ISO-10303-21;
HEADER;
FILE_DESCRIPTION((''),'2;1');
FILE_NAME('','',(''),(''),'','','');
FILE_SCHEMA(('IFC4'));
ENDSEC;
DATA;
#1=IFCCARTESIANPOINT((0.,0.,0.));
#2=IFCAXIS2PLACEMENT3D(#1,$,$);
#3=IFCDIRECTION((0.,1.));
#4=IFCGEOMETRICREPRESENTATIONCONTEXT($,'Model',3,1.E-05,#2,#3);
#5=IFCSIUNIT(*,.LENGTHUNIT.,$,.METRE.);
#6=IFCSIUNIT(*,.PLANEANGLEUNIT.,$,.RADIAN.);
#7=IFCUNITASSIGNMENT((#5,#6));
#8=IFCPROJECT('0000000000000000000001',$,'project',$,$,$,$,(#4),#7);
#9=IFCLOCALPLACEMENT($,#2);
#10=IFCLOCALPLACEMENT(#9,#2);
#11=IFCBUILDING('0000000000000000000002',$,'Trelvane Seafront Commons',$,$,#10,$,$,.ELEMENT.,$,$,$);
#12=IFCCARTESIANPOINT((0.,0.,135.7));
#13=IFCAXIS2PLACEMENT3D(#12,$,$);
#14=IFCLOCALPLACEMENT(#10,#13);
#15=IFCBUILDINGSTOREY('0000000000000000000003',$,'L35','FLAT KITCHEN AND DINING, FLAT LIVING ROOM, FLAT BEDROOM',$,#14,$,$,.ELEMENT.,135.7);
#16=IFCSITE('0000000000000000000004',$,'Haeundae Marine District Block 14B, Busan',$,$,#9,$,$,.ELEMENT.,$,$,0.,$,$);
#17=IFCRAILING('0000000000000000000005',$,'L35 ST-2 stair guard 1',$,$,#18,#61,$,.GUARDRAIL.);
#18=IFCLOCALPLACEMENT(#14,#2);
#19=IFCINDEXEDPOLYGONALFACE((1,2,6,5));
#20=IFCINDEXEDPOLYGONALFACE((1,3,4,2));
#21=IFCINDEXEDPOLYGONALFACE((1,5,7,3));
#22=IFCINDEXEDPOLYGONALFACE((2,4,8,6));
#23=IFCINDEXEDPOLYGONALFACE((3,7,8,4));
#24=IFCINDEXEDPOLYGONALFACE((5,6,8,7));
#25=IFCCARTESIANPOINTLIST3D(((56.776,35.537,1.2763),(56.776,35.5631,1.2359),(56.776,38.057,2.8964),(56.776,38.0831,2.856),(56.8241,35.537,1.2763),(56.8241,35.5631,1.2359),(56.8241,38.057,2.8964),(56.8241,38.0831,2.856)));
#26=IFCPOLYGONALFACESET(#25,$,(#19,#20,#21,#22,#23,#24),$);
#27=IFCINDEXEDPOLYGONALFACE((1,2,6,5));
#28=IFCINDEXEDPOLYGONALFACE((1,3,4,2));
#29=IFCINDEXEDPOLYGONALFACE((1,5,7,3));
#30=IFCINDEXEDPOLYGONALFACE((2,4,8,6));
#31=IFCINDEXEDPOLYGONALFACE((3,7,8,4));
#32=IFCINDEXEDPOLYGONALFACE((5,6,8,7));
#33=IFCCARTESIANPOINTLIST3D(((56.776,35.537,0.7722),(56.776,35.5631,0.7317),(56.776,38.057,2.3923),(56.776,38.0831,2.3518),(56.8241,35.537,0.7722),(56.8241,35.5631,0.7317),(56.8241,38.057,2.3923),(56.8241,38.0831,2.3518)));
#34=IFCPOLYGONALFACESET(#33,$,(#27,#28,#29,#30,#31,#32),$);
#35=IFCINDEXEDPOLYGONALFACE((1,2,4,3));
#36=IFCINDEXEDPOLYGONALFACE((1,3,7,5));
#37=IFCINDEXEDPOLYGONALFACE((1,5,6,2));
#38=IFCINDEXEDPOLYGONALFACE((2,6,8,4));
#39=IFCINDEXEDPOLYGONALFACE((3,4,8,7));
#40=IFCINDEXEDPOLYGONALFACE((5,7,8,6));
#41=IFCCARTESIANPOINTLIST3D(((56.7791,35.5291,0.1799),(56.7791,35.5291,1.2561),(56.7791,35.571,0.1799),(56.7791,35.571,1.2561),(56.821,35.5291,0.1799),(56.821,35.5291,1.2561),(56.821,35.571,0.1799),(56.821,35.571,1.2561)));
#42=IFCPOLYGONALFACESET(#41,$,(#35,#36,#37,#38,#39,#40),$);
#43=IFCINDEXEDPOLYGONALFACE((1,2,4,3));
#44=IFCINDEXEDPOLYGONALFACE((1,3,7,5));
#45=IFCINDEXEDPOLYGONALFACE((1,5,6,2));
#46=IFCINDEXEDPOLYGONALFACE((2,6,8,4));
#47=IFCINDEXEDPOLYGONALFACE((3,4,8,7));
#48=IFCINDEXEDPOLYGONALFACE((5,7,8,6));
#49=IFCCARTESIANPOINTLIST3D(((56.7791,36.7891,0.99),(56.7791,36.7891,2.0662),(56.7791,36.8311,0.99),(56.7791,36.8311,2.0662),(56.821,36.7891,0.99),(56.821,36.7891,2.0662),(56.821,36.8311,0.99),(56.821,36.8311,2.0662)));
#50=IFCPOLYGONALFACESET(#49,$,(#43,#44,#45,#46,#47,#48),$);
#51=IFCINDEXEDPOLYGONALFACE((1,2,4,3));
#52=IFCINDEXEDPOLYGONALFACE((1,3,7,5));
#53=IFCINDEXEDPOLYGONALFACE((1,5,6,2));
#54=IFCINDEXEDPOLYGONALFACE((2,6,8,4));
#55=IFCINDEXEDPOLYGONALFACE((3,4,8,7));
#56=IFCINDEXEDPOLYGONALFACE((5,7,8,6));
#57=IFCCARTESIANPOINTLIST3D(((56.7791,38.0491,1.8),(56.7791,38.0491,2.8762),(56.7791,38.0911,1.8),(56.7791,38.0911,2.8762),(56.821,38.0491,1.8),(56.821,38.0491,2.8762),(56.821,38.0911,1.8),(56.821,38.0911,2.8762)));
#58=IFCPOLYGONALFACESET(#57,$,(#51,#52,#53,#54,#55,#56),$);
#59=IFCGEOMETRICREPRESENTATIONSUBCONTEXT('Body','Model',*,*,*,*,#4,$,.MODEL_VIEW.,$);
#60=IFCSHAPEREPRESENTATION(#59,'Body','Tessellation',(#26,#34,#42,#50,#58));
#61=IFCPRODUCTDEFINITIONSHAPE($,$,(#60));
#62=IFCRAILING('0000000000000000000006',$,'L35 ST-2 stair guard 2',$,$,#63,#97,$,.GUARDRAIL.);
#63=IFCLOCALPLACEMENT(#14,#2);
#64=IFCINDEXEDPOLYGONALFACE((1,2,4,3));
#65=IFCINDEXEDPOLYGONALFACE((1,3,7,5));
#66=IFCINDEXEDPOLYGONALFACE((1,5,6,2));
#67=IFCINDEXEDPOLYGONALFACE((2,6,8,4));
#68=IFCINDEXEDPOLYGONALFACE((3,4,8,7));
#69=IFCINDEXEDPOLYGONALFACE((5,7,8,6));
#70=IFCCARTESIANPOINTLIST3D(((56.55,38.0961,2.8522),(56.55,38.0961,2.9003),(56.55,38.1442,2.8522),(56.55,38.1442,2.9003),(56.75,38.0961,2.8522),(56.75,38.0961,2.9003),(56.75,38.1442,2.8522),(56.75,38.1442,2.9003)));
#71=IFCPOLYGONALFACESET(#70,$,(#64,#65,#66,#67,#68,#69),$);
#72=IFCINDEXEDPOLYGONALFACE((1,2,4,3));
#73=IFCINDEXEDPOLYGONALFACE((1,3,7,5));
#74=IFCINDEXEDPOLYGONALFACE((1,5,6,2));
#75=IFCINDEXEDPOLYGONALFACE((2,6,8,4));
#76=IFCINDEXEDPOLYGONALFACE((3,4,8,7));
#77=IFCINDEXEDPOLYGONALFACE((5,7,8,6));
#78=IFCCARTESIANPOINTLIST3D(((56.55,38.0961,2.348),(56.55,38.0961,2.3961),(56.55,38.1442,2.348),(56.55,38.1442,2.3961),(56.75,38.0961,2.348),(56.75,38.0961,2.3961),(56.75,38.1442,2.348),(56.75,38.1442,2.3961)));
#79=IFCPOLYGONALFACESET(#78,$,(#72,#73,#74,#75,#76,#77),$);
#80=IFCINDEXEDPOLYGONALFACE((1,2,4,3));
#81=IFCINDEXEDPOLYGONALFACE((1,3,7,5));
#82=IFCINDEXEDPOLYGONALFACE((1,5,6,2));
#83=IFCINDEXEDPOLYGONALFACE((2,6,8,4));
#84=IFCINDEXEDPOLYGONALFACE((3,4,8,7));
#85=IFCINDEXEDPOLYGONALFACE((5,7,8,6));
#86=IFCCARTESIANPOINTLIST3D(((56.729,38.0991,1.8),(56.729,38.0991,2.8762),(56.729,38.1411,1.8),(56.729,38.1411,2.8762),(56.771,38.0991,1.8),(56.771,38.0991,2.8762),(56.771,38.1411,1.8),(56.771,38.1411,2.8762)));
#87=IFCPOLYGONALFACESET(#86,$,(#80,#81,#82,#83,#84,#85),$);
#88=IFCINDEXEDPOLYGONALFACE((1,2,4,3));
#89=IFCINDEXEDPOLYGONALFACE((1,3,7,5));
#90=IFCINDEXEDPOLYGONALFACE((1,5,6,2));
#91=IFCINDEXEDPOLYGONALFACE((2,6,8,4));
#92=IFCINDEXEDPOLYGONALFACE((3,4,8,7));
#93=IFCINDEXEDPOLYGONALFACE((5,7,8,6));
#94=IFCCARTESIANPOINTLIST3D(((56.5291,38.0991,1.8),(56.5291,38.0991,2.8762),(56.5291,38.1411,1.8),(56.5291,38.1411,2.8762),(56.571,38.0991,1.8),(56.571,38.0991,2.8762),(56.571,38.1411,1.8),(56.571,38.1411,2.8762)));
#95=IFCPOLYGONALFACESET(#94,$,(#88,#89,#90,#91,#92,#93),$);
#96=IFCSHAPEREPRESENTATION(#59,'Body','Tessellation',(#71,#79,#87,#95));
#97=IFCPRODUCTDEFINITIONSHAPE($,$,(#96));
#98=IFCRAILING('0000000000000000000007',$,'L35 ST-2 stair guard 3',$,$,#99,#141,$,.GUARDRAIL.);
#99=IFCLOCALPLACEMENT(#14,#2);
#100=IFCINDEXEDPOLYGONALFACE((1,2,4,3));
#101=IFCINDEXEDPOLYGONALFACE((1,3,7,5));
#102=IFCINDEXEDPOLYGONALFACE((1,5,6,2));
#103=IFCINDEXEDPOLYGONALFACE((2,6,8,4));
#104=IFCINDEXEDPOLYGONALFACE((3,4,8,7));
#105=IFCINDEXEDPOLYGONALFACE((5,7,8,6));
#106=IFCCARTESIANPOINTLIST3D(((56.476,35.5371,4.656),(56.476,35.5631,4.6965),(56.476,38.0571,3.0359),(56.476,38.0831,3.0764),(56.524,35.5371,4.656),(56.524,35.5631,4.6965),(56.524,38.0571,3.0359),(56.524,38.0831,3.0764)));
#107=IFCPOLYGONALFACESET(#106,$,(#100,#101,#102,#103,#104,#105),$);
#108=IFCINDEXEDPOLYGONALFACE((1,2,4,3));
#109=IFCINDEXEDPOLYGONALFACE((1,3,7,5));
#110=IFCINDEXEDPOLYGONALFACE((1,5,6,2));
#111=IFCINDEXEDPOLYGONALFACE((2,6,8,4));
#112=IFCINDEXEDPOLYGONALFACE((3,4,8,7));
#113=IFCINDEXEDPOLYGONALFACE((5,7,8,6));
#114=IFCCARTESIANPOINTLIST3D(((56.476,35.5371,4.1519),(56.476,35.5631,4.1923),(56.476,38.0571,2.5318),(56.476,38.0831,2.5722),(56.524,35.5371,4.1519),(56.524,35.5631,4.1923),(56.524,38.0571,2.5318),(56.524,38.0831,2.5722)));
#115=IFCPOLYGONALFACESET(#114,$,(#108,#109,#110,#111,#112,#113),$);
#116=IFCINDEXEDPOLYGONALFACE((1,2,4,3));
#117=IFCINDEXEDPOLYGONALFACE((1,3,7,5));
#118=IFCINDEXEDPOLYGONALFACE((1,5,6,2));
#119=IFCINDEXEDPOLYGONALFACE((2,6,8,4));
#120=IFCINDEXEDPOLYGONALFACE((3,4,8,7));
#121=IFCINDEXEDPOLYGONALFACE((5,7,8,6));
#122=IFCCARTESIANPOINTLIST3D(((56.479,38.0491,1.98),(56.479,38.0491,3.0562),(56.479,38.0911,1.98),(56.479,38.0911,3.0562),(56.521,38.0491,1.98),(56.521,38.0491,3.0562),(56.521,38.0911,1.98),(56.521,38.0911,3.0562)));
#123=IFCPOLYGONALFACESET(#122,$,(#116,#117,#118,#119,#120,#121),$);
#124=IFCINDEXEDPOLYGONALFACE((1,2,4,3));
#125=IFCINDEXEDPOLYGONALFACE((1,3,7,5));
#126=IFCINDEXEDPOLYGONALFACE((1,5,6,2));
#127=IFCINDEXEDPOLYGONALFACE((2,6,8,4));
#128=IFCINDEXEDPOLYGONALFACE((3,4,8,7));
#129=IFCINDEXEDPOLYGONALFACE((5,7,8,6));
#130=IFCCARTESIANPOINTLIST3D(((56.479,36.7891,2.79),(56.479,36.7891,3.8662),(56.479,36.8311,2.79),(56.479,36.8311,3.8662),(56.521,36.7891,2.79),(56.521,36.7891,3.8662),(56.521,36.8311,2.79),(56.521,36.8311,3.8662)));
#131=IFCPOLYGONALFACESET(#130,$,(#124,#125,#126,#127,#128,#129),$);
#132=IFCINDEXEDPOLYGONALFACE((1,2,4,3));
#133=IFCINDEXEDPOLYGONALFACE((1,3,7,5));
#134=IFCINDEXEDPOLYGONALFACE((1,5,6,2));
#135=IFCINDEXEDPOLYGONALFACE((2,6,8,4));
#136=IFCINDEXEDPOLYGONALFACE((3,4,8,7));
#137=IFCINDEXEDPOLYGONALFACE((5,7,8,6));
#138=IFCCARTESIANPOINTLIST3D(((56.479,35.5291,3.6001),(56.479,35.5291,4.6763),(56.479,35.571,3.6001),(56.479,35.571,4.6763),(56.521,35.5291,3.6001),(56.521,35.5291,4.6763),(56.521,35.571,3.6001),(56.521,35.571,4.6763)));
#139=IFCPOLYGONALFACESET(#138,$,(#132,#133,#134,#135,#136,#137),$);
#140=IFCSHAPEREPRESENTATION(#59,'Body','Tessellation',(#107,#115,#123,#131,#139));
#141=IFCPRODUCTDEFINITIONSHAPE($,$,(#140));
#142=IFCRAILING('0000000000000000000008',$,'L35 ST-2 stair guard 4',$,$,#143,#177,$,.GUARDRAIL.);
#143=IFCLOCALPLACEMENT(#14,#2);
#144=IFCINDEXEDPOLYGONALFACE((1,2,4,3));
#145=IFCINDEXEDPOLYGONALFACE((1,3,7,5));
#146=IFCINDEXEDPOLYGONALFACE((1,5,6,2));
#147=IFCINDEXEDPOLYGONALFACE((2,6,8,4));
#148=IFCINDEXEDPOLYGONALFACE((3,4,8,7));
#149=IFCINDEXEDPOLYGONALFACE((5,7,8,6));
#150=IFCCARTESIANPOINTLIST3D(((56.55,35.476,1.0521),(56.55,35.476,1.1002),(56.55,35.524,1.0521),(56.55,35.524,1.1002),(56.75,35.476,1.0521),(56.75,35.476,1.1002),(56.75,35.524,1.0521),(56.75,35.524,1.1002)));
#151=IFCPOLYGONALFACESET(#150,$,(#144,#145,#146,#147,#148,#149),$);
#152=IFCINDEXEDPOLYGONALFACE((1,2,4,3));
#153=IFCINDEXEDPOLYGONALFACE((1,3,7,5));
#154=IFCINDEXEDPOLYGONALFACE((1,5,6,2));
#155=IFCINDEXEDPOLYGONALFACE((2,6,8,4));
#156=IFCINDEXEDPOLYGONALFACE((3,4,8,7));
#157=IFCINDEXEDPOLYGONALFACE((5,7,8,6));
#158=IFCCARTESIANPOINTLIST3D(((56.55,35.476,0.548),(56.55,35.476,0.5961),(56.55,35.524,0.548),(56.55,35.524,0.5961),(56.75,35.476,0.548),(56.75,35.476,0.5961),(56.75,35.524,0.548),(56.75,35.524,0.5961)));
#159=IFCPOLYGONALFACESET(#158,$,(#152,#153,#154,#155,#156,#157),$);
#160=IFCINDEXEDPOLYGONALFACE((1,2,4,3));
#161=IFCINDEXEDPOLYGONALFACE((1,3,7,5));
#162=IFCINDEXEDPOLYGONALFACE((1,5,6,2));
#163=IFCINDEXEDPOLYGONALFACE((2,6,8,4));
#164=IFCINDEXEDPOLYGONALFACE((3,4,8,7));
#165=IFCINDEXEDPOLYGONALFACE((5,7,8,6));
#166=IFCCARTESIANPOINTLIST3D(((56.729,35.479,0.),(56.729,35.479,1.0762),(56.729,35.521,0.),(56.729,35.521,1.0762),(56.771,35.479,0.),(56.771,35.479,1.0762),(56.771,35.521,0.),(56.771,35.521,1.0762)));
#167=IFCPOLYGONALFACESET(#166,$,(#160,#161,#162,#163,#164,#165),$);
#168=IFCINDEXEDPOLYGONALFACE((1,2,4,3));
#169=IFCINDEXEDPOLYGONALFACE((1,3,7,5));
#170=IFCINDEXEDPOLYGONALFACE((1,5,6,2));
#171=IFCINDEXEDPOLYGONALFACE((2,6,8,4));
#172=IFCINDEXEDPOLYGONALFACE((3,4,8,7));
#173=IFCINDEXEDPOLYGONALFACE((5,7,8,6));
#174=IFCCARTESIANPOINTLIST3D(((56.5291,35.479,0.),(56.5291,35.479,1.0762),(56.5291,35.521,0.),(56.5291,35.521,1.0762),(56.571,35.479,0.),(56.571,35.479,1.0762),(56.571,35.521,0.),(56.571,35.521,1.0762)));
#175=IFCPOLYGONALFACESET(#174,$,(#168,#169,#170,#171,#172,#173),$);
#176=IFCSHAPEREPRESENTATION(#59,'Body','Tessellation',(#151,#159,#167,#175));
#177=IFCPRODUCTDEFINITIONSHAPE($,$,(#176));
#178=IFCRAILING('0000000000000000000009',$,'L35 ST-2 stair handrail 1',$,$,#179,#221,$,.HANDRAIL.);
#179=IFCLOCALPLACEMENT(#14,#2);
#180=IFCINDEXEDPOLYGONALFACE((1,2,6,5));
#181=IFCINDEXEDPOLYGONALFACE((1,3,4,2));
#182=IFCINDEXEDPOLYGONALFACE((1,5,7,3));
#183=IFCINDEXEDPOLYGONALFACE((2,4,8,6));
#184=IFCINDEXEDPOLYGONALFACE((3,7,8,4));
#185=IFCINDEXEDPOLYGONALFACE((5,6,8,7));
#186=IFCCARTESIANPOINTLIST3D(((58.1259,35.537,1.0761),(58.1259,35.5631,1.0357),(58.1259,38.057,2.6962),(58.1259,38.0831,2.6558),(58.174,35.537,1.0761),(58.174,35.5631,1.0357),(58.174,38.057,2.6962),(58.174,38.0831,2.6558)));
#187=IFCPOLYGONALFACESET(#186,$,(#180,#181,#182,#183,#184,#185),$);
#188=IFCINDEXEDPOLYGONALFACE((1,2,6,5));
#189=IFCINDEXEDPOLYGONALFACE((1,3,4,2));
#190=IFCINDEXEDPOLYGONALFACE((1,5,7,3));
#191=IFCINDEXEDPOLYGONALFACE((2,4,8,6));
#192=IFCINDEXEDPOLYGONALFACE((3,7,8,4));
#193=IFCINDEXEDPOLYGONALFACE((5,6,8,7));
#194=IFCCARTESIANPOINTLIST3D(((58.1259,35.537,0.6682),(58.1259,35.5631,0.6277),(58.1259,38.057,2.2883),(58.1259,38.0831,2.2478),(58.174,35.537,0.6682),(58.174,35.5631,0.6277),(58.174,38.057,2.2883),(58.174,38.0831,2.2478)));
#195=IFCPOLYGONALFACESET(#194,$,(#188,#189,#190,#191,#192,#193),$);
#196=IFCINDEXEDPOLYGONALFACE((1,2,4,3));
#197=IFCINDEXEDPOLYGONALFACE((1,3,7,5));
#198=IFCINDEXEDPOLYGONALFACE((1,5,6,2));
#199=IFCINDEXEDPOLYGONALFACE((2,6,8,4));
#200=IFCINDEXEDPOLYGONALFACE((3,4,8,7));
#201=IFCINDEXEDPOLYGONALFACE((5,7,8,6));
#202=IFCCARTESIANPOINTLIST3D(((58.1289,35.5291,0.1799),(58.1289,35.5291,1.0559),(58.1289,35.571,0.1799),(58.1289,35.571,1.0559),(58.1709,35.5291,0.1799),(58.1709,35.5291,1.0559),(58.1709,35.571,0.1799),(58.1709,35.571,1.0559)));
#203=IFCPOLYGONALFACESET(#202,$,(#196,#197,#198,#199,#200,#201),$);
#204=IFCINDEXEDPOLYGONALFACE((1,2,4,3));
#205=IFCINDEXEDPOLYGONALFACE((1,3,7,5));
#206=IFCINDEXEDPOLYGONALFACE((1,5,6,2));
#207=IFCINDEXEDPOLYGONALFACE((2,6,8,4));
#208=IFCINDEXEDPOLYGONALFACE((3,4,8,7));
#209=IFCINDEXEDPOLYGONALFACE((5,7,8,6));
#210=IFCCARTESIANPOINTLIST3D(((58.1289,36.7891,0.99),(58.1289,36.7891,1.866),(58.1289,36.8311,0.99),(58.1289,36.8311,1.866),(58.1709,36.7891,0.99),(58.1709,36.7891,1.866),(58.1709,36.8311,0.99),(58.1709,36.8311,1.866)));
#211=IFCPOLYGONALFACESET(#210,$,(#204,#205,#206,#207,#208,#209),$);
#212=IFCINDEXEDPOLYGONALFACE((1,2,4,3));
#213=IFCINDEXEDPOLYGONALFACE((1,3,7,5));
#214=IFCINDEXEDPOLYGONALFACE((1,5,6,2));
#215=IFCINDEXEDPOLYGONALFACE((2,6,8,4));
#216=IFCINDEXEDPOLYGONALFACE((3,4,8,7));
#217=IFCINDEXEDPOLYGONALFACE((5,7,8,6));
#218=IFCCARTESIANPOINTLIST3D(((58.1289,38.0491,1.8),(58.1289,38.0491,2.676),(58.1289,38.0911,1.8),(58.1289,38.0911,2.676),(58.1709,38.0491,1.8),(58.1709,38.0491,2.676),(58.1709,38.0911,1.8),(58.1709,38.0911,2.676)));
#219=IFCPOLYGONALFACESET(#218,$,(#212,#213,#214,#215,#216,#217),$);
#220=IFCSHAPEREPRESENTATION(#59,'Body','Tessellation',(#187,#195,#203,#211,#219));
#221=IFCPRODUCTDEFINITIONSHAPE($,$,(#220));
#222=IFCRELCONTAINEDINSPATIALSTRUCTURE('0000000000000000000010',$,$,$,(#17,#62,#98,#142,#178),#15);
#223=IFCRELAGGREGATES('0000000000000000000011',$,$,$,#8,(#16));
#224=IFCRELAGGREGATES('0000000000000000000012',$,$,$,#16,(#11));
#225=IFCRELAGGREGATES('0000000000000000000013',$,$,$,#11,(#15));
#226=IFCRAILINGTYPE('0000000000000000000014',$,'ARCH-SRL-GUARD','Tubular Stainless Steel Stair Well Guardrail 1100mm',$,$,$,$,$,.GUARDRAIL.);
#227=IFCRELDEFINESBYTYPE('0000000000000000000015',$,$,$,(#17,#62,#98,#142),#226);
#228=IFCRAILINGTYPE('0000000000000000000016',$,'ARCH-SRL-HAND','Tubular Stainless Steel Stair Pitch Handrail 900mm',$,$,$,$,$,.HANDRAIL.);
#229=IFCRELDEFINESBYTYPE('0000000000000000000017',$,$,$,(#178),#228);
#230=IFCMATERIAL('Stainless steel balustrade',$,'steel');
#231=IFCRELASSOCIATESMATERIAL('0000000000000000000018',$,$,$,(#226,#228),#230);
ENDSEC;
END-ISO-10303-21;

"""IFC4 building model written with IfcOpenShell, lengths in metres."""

from ifc_helpers import new_model, si_unit, direction, frame, origin, origin_2d, place, context, subcontext, project, spatial, rectangle, extrude, material, type_object, element, save


model = new_model("IFC4")

# Units and contexts
model_context = context("Model", 3, precision=1e-05, world=origin(), true_north=direction((0.0, 1.0)))
body_context = subcontext(model_context, "Body", "Model", "MODEL_VIEW")
ifc_project = project(units=[si_unit("LENGTHUNIT", "METRE"), si_unit("PLANEANGLEUNIT", "RADIAN")], contexts=[model_context])

# Site, building, storey
site_placement = place(None, origin())
site = spatial("IfcSite", under=ifc_project, at=site_placement, Name="Haeundae Marine District Block 14B, Busan", CompositionType="ELEMENT", RefElevation=0.0)
building_placement = place(site_placement, origin())
building = spatial("IfcBuilding", under=site, at=building_placement, Name="Trelvane Seafront Commons", CompositionType="ELEMENT")
storey_placement = place(building_placement, frame((0.0, 0.0, 135.7)))
storey = spatial("IfcBuildingStorey", under=building, at=storey_placement, Name="L35", Description="FLAT KITCHEN AND DINING, FLAT LIVING ROOM, FLAT BEDROOM", CompositionType="ELEMENT", Elevation=135.7)

# Railings
ifc_material_1 = material(Name="Stainless steel balustrade", Category="steel")
railing_type_1 = type_object("IfcRailingType", Name="ARCH-SRL-GUARD", Description="Tubular Stainless Steel Stair Well Guardrail 1100mm", PredefinedType="GUARDRAIL", material=ifc_material_1)
railing_1_placement = place(storey_placement, frame((56.8, 35.55, 0.1799)))
element("IfcRailing", 1, at=railing_1_placement, inside=storey, type_object=railing_type_1, Name="L35 ST-2 stair guard 1", PredefinedType="GUARDRAIL", context=body_context, shape_type="SweptSolid", body=[
    extrude(rectangle(XDim=0.0481, YDim=0.0481, at=origin_2d()), frame((0.0, 0.0, 1.0762), z_axis=(0.0, 0.841163, 0.540782), x_axis=(-1.0, 0.0, 0.0)), (0.0, 0.0, 1.0), 2.9958),
    extrude(rectangle(XDim=0.0481, YDim=0.0481, at=origin_2d()), frame((0.0, 0.0, 0.572), z_axis=(0.0, 0.841163, 0.540782), x_axis=(-1.0, 0.0, 0.0)), (0.0, 0.0, 1.0), 2.9958),
    extrude(rectangle(XDim=0.042, YDim=0.042, at=origin_2d()), origin(), (0.0, 0.0, 1.0), 1.0762),
    extrude(rectangle(XDim=0.042, YDim=0.042, at=origin_2d()), frame((0.0, 1.26, 0.8101)), (0.0, 0.0, 1.0), 1.0762),
    extrude(rectangle(XDim=0.042, YDim=0.042, at=origin_2d()), frame((0.0, 2.52, 1.6201)), (0.0, 0.0, 1.0), 1.0762),
])
railing_2_placement = place(storey_placement, frame((56.75, 38.1201, 1.8)))
element("IfcRailing", 2, at=railing_2_placement, inside=storey, type_object=railing_type_1, Name="L35 ST-2 stair guard 2", PredefinedType="GUARDRAIL", context=body_context, shape_type="SweptSolid", body=[
    extrude(rectangle(XDim=0.0481, YDim=0.0481, at=origin_2d()), frame((0.0, 0.0, 1.0762), z_axis=(-1.0, 0.0, 0.0), x_axis=(0.0, -1.0, 0.0)), (0.0, 0.0, 1.0), 0.2),
    extrude(rectangle(XDim=0.0481, YDim=0.0481, at=origin_2d()), frame((0.0, 0.0, 0.572), z_axis=(-1.0, 0.0, 0.0), x_axis=(0.0, -1.0, 0.0)), (0.0, 0.0, 1.0), 0.2),
    extrude(rectangle(XDim=0.042, YDim=0.042, at=origin_2d()), origin(), (0.0, 0.0, 1.0), 1.0762),
    extrude(rectangle(XDim=0.042, YDim=0.042, at=origin_2d()), frame((-0.2, 0.0, 0.0)), (0.0, 0.0, 1.0), 1.0762),
])
railing_3_placement = place(storey_placement, frame((56.5, 38.0701, 1.98)))
element("IfcRailing", 3, at=railing_3_placement, inside=storey, type_object=railing_type_1, Name="L35 ST-2 stair guard 3", PredefinedType="GUARDRAIL", context=body_context, shape_type="SweptSolid", body=[
    extrude(rectangle(XDim=0.0481, YDim=0.0481, at=origin_2d()), frame((0.0, 0.0, 1.0762), z_axis=(0.0, -0.841163, 0.540782), x_axis=(1.0, 0.0, 0.0)), (0.0, 0.0, 1.0), 2.9958),
    extrude(rectangle(XDim=0.0481, YDim=0.0481, at=origin_2d()), frame((0.0, 0.0, 0.572), z_axis=(0.0, -0.841163, 0.540782), x_axis=(1.0, 0.0, 0.0)), (0.0, 0.0, 1.0), 2.9958),
    extrude(rectangle(XDim=0.042, YDim=0.042, at=origin_2d()), origin(), (0.0, 0.0, 1.0), 1.0762),
    extrude(rectangle(XDim=0.042, YDim=0.042, at=origin_2d()), frame((0.0, -1.26, 0.8101)), (0.0, 0.0, 1.0), 1.0762),
    extrude(rectangle(XDim=0.042, YDim=0.042, at=origin_2d()), frame((0.0, -2.52, 1.6201)), (0.0, 0.0, 1.0), 1.0762),
])
railing_4_placement = place(storey_placement, frame((56.75, 35.5, 0.0)))
element("IfcRailing", 4, at=railing_4_placement, inside=storey, type_object=railing_type_1, Name="L35 ST-2 stair guard 4", PredefinedType="GUARDRAIL", context=body_context, shape_type="SweptSolid", body=[
    extrude(rectangle(XDim=0.0481, YDim=0.0481, at=origin_2d()), frame((0.0, 0.0, 1.0762), z_axis=(-1.0, 0.0, 0.0), x_axis=(0.0, -1.0, 0.0)), (0.0, 0.0, 1.0), 0.2),
    extrude(rectangle(XDim=0.0481, YDim=0.0481, at=origin_2d()), frame((0.0, 0.0, 0.572), z_axis=(-1.0, 0.0, 0.0), x_axis=(0.0, -1.0, 0.0)), (0.0, 0.0, 1.0), 0.2),
    extrude(rectangle(XDim=0.042, YDim=0.042, at=origin_2d()), origin(), (0.0, 0.0, 1.0), 1.0762),
    extrude(rectangle(XDim=0.042, YDim=0.042, at=origin_2d()), frame((-0.2, 0.0, 0.0)), (0.0, 0.0, 1.0), 1.0762),
])
railing_type_2 = type_object("IfcRailingType", Name="ARCH-SRL-HAND", Description="Tubular Stainless Steel Stair Pitch Handrail 900mm", PredefinedType="HANDRAIL", material=ifc_material_1)
railing_5_placement = place(storey_placement, frame((58.1499, 35.55, 0.1799)))
element("IfcRailing", 5, at=railing_5_placement, inside=storey, type_object=railing_type_2, Name="L35 ST-2 stair handrail 1", PredefinedType="HANDRAIL", context=body_context, shape_type="SweptSolid", body=[
    extrude(rectangle(XDim=0.0481, YDim=0.0481, at=origin_2d()), frame((0.0, 0.0, 0.876), z_axis=(0.0, 0.841163, 0.540782), x_axis=(-1.0, 0.0, 0.0)), (0.0, 0.0, 1.0), 2.9958),
    extrude(rectangle(XDim=0.0481, YDim=0.0481, at=origin_2d()), frame((0.0, 0.0, 0.468), z_axis=(0.0, 0.841163, 0.540782), x_axis=(-1.0, 0.0, 0.0)), (0.0, 0.0, 1.0), 2.9958),
    extrude(rectangle(XDim=0.042, YDim=0.042, at=origin_2d()), origin(), (0.0, 0.0, 1.0), 0.876),
    extrude(rectangle(XDim=0.042, YDim=0.042, at=origin_2d()), frame((0.0, 1.26, 0.8101)), (0.0, 0.0, 1.0), 0.876),
    extrude(rectangle(XDim=0.042, YDim=0.042, at=origin_2d()), frame((0.0, 2.52, 1.6201)), (0.0, 0.0, 1.0), 0.876),
])

save(model, "model.ifc")
